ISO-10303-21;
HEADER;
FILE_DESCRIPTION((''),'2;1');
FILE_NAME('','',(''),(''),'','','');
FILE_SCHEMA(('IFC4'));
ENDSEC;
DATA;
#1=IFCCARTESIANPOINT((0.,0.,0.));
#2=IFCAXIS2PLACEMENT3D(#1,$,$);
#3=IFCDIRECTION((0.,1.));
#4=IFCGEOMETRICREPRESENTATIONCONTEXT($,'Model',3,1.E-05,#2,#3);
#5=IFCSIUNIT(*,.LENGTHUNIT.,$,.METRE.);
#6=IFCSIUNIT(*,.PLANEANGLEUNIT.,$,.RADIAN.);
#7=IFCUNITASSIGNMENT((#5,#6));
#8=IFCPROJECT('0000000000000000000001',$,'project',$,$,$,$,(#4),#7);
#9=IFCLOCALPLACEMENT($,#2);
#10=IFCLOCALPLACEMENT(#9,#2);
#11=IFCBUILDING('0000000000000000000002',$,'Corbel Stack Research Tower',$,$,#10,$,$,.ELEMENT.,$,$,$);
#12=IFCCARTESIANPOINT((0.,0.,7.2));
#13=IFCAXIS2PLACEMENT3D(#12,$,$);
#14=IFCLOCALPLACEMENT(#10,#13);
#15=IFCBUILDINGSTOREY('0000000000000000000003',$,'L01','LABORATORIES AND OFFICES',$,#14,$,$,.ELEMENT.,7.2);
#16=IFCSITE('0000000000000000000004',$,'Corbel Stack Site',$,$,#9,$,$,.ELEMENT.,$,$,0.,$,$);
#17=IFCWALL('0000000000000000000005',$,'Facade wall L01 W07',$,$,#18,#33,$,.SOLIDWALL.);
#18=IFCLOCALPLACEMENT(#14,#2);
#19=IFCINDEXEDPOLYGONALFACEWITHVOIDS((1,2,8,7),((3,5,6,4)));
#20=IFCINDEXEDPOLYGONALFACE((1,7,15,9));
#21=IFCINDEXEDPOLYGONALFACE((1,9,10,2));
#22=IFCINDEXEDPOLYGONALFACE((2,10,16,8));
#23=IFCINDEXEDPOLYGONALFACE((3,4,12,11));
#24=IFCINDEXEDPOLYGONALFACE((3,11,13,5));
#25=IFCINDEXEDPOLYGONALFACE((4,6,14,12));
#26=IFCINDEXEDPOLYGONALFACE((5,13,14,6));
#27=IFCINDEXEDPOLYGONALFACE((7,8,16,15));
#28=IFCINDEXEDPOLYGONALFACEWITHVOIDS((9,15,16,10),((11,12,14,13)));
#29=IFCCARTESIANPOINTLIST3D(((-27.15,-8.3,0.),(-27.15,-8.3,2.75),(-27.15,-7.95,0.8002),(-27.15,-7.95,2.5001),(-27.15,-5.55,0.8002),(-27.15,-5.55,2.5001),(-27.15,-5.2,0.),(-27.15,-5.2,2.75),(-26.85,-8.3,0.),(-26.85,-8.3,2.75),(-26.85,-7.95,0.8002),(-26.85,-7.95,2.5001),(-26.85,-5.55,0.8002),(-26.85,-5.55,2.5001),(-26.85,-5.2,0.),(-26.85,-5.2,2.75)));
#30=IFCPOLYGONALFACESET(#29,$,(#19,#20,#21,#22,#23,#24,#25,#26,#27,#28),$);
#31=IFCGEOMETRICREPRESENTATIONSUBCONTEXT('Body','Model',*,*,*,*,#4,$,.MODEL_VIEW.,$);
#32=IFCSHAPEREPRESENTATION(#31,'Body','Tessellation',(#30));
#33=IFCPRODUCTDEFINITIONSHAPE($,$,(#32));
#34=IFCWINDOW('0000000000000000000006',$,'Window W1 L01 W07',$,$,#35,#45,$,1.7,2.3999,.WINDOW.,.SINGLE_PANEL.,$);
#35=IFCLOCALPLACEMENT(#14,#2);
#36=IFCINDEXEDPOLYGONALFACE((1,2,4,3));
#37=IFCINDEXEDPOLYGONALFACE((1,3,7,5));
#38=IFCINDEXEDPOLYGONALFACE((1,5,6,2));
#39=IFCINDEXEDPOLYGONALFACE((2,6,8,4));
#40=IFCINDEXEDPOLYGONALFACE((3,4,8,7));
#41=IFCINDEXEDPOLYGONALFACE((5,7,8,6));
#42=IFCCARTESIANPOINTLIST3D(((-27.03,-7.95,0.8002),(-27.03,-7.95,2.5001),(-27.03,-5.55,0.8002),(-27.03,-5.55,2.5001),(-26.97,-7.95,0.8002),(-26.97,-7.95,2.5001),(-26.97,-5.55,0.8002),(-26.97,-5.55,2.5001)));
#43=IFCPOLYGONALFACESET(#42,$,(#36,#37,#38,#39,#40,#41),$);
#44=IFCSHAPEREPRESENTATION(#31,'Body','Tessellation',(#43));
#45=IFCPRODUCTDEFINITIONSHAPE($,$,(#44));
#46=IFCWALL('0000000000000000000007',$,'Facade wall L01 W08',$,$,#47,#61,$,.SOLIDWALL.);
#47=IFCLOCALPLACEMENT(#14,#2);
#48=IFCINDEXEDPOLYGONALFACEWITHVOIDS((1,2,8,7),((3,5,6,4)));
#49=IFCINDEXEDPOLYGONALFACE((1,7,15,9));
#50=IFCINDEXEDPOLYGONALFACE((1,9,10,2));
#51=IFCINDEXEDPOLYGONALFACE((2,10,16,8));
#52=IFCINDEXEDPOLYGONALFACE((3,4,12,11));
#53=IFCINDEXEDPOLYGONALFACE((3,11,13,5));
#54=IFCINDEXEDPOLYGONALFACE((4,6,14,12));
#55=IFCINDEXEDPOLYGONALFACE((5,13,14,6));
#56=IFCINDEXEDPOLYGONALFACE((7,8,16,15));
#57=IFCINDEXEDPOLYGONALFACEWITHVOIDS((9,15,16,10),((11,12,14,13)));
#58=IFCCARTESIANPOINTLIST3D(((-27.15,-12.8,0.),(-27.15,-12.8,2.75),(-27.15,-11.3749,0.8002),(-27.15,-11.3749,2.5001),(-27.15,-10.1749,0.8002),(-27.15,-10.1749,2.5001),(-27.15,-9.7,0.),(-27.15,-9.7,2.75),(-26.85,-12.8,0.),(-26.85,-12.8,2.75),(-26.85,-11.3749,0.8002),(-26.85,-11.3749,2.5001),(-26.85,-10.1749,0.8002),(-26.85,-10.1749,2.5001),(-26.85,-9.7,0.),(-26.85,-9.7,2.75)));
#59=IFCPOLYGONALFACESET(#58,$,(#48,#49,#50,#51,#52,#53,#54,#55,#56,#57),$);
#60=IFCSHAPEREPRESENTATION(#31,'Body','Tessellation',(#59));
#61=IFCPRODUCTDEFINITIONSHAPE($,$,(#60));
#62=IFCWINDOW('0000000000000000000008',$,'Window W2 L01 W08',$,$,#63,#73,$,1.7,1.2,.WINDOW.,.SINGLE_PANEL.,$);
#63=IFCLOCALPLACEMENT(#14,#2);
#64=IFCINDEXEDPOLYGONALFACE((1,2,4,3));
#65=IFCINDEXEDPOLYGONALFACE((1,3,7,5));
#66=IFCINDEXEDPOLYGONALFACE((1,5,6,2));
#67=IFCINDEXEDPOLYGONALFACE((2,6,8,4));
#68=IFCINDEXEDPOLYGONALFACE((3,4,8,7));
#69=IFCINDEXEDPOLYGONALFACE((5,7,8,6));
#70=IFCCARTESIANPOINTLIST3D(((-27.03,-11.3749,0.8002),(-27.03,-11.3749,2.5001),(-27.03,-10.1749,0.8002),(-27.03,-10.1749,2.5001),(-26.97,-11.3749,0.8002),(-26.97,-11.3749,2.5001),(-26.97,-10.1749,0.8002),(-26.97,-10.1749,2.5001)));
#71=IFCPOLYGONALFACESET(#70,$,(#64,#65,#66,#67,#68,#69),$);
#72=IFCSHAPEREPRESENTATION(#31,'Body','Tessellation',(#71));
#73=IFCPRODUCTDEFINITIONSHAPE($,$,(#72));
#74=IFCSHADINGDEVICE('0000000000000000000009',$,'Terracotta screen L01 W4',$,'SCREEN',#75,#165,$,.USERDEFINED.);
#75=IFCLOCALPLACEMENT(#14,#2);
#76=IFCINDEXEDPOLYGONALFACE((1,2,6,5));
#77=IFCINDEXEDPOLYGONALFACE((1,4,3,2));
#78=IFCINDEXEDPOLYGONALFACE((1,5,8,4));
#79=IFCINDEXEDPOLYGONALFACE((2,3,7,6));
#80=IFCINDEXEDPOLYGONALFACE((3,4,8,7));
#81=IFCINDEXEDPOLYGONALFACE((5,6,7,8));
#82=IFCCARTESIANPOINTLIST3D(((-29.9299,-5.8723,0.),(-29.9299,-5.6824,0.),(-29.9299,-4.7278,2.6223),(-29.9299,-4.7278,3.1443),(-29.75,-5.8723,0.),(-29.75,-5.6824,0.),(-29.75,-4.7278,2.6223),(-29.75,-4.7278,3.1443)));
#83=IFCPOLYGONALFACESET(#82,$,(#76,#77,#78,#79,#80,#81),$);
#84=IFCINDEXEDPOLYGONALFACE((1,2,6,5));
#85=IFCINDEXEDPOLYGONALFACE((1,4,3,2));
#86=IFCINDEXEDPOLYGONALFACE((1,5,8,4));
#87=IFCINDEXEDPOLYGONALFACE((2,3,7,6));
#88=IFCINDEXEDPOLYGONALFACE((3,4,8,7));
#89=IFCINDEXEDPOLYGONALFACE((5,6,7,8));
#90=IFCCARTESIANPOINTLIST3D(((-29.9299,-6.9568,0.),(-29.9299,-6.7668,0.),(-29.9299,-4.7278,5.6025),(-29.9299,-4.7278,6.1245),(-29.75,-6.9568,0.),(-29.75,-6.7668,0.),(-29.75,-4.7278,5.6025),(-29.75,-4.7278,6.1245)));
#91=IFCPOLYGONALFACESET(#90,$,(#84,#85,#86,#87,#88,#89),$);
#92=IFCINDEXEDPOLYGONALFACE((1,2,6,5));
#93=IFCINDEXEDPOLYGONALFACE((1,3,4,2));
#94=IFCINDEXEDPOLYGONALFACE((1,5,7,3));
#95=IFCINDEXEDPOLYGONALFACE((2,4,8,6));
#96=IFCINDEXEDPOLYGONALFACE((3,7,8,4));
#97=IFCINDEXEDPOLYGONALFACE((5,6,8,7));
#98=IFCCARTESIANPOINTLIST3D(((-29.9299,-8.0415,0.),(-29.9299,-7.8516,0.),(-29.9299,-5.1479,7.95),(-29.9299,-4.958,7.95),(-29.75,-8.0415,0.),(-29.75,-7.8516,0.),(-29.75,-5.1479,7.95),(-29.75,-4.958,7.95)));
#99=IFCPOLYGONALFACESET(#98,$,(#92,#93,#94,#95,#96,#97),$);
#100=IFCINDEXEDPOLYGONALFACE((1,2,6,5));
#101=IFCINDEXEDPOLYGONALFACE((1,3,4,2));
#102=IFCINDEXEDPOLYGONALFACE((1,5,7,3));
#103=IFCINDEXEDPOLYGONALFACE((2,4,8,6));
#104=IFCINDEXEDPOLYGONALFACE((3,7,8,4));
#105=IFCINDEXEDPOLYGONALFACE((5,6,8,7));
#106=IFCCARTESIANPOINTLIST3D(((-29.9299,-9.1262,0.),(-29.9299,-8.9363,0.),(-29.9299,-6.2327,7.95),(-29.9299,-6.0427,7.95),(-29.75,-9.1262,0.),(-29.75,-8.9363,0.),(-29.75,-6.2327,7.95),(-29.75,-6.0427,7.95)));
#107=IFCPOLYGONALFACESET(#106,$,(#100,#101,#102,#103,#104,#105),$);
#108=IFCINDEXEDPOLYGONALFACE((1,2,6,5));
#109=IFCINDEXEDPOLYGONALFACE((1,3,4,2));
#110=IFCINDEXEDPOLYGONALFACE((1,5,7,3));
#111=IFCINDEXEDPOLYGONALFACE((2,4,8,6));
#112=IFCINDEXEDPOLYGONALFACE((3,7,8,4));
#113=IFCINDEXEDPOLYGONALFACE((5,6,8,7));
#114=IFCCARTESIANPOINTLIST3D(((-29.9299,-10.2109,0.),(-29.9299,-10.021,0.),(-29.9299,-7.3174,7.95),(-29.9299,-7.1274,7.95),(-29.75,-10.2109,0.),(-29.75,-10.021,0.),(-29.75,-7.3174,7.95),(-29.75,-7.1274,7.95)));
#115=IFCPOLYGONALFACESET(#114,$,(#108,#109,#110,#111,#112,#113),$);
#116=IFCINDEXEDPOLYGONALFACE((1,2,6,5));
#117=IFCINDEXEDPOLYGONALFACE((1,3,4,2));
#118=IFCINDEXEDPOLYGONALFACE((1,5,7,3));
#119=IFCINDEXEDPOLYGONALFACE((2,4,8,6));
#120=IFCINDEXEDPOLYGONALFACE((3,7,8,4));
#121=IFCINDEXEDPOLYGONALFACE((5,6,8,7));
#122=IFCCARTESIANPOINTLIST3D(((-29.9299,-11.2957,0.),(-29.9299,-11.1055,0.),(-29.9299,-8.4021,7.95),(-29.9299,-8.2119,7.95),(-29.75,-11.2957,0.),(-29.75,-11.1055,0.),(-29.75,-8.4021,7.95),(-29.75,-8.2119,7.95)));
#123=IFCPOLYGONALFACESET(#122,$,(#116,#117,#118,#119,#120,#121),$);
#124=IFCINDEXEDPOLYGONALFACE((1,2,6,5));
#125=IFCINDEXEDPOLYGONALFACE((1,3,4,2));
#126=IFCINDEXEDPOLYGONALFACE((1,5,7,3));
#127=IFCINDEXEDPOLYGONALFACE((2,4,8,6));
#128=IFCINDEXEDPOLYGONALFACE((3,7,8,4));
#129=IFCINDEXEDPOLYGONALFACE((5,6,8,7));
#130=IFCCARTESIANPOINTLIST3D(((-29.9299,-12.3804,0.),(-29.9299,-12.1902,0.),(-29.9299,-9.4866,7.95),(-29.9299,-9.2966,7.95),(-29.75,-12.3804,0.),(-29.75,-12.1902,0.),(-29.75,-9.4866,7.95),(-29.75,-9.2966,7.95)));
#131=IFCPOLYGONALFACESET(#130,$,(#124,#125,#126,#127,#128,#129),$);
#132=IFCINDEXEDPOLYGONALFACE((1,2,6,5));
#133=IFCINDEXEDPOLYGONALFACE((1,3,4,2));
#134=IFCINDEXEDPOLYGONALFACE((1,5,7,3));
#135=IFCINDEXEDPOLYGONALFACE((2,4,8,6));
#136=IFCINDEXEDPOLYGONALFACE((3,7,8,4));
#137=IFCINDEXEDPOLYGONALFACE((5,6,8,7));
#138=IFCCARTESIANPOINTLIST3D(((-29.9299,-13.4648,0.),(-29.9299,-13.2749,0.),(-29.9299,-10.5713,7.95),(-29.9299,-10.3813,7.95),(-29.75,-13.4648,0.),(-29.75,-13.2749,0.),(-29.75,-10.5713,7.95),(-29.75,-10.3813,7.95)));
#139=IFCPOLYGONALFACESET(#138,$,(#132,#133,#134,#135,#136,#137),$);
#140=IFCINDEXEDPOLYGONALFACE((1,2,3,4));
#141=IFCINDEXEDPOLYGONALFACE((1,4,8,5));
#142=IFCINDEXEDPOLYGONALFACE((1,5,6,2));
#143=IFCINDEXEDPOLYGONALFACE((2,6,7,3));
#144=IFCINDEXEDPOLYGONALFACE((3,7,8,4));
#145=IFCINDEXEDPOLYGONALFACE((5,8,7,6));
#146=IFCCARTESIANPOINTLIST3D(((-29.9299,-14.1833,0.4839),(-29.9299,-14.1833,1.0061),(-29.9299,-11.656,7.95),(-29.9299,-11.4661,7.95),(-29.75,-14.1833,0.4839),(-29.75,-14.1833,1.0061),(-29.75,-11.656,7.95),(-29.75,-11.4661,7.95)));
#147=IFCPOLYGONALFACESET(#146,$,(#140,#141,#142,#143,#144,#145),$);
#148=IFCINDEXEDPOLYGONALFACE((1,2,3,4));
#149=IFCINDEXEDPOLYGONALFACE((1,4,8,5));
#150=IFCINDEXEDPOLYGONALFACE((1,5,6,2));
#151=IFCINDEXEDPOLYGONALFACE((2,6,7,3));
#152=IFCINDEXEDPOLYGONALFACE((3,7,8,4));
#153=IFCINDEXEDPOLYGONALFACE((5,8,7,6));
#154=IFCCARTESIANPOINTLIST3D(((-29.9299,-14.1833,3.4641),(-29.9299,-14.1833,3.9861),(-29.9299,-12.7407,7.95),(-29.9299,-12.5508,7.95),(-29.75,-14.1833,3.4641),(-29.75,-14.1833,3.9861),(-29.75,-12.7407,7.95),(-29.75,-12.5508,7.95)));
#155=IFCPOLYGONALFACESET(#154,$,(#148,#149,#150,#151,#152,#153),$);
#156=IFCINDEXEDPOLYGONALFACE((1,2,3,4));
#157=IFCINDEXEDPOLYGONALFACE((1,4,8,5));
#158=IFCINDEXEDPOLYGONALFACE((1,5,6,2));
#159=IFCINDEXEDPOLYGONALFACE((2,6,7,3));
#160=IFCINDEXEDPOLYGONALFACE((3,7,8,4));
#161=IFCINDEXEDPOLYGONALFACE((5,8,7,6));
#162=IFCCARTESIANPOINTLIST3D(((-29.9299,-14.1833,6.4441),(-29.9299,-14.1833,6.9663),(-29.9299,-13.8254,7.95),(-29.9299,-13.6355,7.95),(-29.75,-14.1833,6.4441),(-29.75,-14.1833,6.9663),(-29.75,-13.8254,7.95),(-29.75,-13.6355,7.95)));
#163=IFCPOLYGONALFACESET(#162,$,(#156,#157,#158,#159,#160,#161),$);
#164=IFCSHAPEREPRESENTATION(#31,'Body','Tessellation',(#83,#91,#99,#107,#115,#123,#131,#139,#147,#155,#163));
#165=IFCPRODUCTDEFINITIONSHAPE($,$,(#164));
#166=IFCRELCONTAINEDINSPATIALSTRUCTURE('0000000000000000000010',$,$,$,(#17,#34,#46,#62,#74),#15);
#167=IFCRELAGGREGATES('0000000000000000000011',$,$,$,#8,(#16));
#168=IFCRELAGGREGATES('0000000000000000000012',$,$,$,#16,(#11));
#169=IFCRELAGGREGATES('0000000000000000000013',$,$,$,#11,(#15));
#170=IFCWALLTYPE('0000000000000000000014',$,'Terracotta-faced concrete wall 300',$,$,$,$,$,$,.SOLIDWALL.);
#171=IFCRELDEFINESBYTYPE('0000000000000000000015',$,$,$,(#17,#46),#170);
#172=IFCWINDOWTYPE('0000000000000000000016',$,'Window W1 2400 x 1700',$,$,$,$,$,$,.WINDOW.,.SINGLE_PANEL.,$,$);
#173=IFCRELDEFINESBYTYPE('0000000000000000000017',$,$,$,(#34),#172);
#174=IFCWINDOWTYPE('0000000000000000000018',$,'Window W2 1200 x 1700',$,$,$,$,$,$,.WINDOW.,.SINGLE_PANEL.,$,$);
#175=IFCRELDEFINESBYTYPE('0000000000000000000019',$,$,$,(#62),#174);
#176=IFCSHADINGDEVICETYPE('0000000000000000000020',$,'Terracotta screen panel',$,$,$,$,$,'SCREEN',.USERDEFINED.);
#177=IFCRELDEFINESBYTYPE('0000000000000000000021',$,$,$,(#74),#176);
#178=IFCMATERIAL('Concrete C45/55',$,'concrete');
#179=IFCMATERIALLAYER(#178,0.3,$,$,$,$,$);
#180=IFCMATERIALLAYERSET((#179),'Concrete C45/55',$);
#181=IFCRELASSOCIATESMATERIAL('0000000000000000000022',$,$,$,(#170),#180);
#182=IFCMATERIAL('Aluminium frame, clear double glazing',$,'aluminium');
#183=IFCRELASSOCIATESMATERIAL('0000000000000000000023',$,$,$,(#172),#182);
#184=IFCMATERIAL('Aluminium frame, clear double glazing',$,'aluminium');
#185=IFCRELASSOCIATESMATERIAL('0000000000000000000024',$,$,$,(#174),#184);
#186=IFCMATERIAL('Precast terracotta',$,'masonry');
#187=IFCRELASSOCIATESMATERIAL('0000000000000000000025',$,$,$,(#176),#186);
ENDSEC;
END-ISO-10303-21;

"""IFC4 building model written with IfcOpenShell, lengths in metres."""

from ifc_helpers import new_model, si_unit, direction, frame, frame_2d, origin, place, context, subcontext, project, spatial, polyline, rectangle, outline, extrude, source, transform, mapped, material, layer, layer_set, type_object, element, fill, save


model = new_model("IFC4")

# Units and contexts
model_context = context("Model", 3, precision=1e-05, world=origin(), true_north=direction((0.0, 1.0)))
body_context = subcontext(model_context, "Body", "Model", "MODEL_VIEW")
ifc_project = project(units=[si_unit("LENGTHUNIT", "METRE"), si_unit("PLANEANGLEUNIT", "RADIAN")], contexts=[model_context])

# Site, building, storey
site_placement = place(None, origin())
site = spatial("IfcSite", under=ifc_project, at=site_placement, Name="Corbel Stack Site", CompositionType="ELEMENT", RefElevation=0.0)
building_placement = place(site_placement, origin())
building = spatial("IfcBuilding", under=site, at=building_placement, Name="Corbel Stack Research Tower", CompositionType="ELEMENT")
storey_placement = place(building_placement, frame((0.0, 0.0, 7.2)))
storey = spatial("IfcBuildingStorey", under=building, at=storey_placement, Name="L01", Description="LABORATORIES AND OFFICES", CompositionType="ELEMENT", Elevation=7.2)

# Walls, openings, windows
ifc_material_1 = material(Name="Concrete C45/55", Category="concrete")
ifc_layer_1 = layer(ifc_material_1, 0.3)
ifc_layer_set_1 = layer_set([ifc_layer_1], Name="Concrete C45/55")
wall_type_1 = type_object("IfcWallType", Name="Terracotta-faced concrete wall 300", PredefinedType="SOLIDWALL", material=ifc_layer_set_1)
ifc_material_2 = material(Name="Aluminium frame, clear double glazing", Category="aluminium")
window_type_1 = type_object("IfcWindowType", Name="Window W1 2400 x 1700", PartitioningType="SINGLE_PANEL", PredefinedType="WINDOW", material=ifc_material_2)
wall_1_placement = place(storey_placement, frame((-27.0, -8.3, 0.0), z_axis=(0.0, 0.0, 1.0), x_axis=(0.0, 1.0, 0.0)))
wall_1 = element("IfcWall", 1, at=wall_1_placement, inside=storey, type_object=wall_type_1, Name="Facade wall L01 W07", PredefinedType="SOLIDWALL", context=body_context, shape_type="SweptSolid", body=[
    extrude(rectangle(XDim=3.1001, YDim=0.3, at=frame_2d((1.55, 0.0))), origin(), (0.0, 0.0, 1.0), 2.75),
])
opening_1_placement = place(wall_1_placement, frame((0.3501, 0.0, 0.8)))
opening_1 = element("IfcOpeningElement", 2, at=opening_1_placement, cuts=wall_1, PredefinedType="OPENING", context=body_context, shape_type="SweptSolid", body=[
    extrude(rectangle(XDim=2.3999, YDim=1.7, at=frame_2d((1.2, 0.8501))), frame((0.0, 0.1599, 0.0), z_axis=(0.0, -1.0, 0.0), x_axis=(1.0, 0.0, 0.0)), (0.0, 0.0, 1.0), 0.3201),
])
window_1_placement = place(opening_1_placement, origin())
window_1 = element("IfcWindow", 3, at=window_1_placement, inside=storey, type_object=window_type_1, Name="Window W1 L01 W07", OverallHeight=1.7, OverallWidth=2.3999, PartitioningType="SINGLE_PANEL", PredefinedType="WINDOW", context=body_context, shape_type="SweptSolid", body=[
    extrude(rectangle(XDim=2.3999, YDim=1.7, at=frame_2d((1.2, 0.8501))), frame((0.0, 0.03, 0.0), z_axis=(0.0, -1.0, 0.0), x_axis=(1.0, 0.0, 0.0)), (0.0, 0.0, 1.0), 0.0601),
])
fill(opening_1, window_1)
wall_2_placement = place(storey_placement, frame((-27.0, -12.8, 0.0), z_axis=(0.0, 0.0, 1.0), x_axis=(0.0, 1.0, 0.0)))
wall_2 = element("IfcWall", 4, at=wall_2_placement, inside=storey, type_object=wall_type_1, Name="Facade wall L01 W08", PredefinedType="SOLIDWALL", context=body_context, shape_type="SweptSolid", body=[
    extrude(rectangle(XDim=3.1001, YDim=0.3, at=frame_2d((1.55, 0.0))), origin(), (0.0, 0.0, 1.0), 2.75),
])
opening_2_placement = place(wall_2_placement, frame((1.425, 0.0, 0.8)))
opening_2 = element("IfcOpeningElement", 5, at=opening_2_placement, cuts=wall_2, PredefinedType="OPENING", context=body_context, shape_type="SweptSolid", body=[
    extrude(rectangle(XDim=1.2, YDim=1.7, at=frame_2d((0.6001, 0.8501))), frame((0.0, 0.1599, 0.0), z_axis=(0.0, -1.0, 0.0), x_axis=(1.0, 0.0, 0.0)), (0.0, 0.0, 1.0), 0.3201),
])
ifc_material_3 = material(Name="Aluminium frame, clear double glazing", Category="aluminium")
window_type_2 = type_object("IfcWindowType", Name="Window W2 1200 x 1700", PartitioningType="SINGLE_PANEL", PredefinedType="WINDOW", material=ifc_material_3)
window_2_placement = place(opening_2_placement, origin())
window_2 = element("IfcWindow", 6, at=window_2_placement, inside=storey, type_object=window_type_2, Name="Window W2 L01 W08", OverallHeight=1.7, OverallWidth=1.2, PartitioningType="SINGLE_PANEL", PredefinedType="WINDOW", context=body_context, shape_type="SweptSolid", body=[
    extrude(rectangle(XDim=1.2, YDim=1.7, at=frame_2d((0.6001, 0.8501))), frame((0.0, 0.03, 0.0), z_axis=(0.0, -1.0, 0.0), x_axis=(1.0, 0.0, 0.0)), (0.0, 0.0, 1.0), 0.0601),
])
fill(opening_2, window_2)

# Shading device
ifc_material_4 = material(Name="Precast terracotta", Category="masonry")
shading_device_type = type_object("IfcShadingDeviceType", Name="Terracotta screen panel", ElementType="SCREEN", PredefinedType="USERDEFINED", material=ifc_material_4)
shared_shape = source(origin(), body_context, "Body", "SweptSolid", [
    extrude(outline(polyline([(1.1445, 0.0), (0.0, 3.1443), (0.0, 2.6223), (0.9546, 0.0), (1.1445, 0.0)])), frame((0.0, 0.0, 0.0), z_axis=(0.0, -1.0, 0.0), x_axis=(1.0, 0.0, 0.0)), (0.0, 0.0, 1.0), 0.1799),
    extrude(outline(polyline([(2.229, 0.0), (0.0, 6.1245), (0.0, 5.6025), (2.0391, 0.0), (2.229, 0.0)])), frame((0.0, 0.0, 0.0), z_axis=(0.0, -1.0, 0.0), x_axis=(1.0, 0.0, 0.0)), (0.0, 0.0, 1.0), 0.1799),
    extrude(outline(polyline([(3.3137, 0.0), (0.4202, 7.95), (0.2302, 7.95), (3.1238, 0.0), (3.3137, 0.0)])), frame((0.0, 0.0, 0.0), z_axis=(0.0, -1.0, 0.0), x_axis=(1.0, 0.0, 0.0)), (0.0, 0.0, 1.0), 0.1799),
    extrude(outline(polyline([(4.3984, 0.0), (1.5049, 7.95), (1.3149, 7.95), (4.2085, 0.0), (4.3984, 0.0)])), frame((0.0, 0.0, 0.0), z_axis=(0.0, -1.0, 0.0), x_axis=(1.0, 0.0, 0.0)), (0.0, 0.0, 1.0), 0.1799),
    extrude(outline(polyline([(5.4832, 0.0), (2.5896, 7.95), (2.3997, 7.95), (5.2932, 0.0), (5.4832, 0.0)])), frame((0.0, 0.0, 0.0), z_axis=(0.0, -1.0, 0.0), x_axis=(1.0, 0.0, 0.0)), (0.0, 0.0, 1.0), 0.1799),
    extrude(outline(polyline([(6.5679, 0.0), (3.6743, 7.95), (3.4841, 7.95), (6.3777, 0.0), (6.5679, 0.0)])), frame((0.0, 0.0, 0.0), z_axis=(0.0, -1.0, 0.0), x_axis=(1.0, 0.0, 0.0)), (0.0, 0.0, 1.0), 0.1799),
    extrude(outline(polyline([(7.6526, 0.0), (4.7588, 7.95), (4.5688, 7.95), (7.4624, 0.0), (7.6526, 0.0)])), frame((0.0, 0.0, 0.0), z_axis=(0.0, -1.0, 0.0), x_axis=(1.0, 0.0, 0.0)), (0.0, 0.0, 1.0), 0.1799),
    extrude(outline(polyline([(8.7371, 0.0), (5.8435, 7.95), (5.6536, 7.95), (8.5471, 0.0), (8.7371, 0.0)])), frame((0.0, 0.0, 0.0), z_axis=(0.0, -1.0, 0.0), x_axis=(1.0, 0.0, 0.0)), (0.0, 0.0, 1.0), 0.1799),
    extrude(outline(polyline([(6.9282, 7.95), (6.7383, 7.95), (9.4556, 0.4839), (9.4556, 1.0061), (6.9282, 7.95)])), frame((0.0, 0.0, 0.0), z_axis=(0.0, -1.0, 0.0), x_axis=(1.0, 0.0, 0.0)), (0.0, 0.0, 1.0), 0.1799),
    extrude(outline(polyline([(8.0129, 7.95), (7.823, 7.95), (9.4556, 3.4641), (9.4556, 3.9861), (8.0129, 7.95)])), frame((0.0, 0.0, 0.0), z_axis=(0.0, -1.0, 0.0), x_axis=(1.0, 0.0, 0.0)), (0.0, 0.0, 1.0), 0.1799),
    extrude(outline(polyline([(9.0977, 7.95), (8.9077, 7.95), (9.4556, 6.4441), (9.4556, 6.9663), (9.0977, 7.95)])), frame((0.0, 0.0, 0.0), z_axis=(0.0, -1.0, 0.0), x_axis=(1.0, 0.0, 0.0)), (0.0, 0.0, 1.0), 0.1799),
])
shading_device_placement = place(storey_placement, frame((-29.75, -4.7278, 0.0), z_axis=(0.0, 0.0, 1.0), x_axis=(0.0, -1.0, 0.0)))
element("IfcShadingDevice", 7, at=shading_device_placement, inside=storey, type_object=shading_device_type, Name="Terracotta screen L01 W4", ObjectType="SCREEN", PredefinedType="USERDEFINED", context=body_context, shape_type="MappedRepresentation", body=[
    mapped(shared_shape, transform((0.0, 0.0, 0.0))),
])

save(model, "model.ifc")
